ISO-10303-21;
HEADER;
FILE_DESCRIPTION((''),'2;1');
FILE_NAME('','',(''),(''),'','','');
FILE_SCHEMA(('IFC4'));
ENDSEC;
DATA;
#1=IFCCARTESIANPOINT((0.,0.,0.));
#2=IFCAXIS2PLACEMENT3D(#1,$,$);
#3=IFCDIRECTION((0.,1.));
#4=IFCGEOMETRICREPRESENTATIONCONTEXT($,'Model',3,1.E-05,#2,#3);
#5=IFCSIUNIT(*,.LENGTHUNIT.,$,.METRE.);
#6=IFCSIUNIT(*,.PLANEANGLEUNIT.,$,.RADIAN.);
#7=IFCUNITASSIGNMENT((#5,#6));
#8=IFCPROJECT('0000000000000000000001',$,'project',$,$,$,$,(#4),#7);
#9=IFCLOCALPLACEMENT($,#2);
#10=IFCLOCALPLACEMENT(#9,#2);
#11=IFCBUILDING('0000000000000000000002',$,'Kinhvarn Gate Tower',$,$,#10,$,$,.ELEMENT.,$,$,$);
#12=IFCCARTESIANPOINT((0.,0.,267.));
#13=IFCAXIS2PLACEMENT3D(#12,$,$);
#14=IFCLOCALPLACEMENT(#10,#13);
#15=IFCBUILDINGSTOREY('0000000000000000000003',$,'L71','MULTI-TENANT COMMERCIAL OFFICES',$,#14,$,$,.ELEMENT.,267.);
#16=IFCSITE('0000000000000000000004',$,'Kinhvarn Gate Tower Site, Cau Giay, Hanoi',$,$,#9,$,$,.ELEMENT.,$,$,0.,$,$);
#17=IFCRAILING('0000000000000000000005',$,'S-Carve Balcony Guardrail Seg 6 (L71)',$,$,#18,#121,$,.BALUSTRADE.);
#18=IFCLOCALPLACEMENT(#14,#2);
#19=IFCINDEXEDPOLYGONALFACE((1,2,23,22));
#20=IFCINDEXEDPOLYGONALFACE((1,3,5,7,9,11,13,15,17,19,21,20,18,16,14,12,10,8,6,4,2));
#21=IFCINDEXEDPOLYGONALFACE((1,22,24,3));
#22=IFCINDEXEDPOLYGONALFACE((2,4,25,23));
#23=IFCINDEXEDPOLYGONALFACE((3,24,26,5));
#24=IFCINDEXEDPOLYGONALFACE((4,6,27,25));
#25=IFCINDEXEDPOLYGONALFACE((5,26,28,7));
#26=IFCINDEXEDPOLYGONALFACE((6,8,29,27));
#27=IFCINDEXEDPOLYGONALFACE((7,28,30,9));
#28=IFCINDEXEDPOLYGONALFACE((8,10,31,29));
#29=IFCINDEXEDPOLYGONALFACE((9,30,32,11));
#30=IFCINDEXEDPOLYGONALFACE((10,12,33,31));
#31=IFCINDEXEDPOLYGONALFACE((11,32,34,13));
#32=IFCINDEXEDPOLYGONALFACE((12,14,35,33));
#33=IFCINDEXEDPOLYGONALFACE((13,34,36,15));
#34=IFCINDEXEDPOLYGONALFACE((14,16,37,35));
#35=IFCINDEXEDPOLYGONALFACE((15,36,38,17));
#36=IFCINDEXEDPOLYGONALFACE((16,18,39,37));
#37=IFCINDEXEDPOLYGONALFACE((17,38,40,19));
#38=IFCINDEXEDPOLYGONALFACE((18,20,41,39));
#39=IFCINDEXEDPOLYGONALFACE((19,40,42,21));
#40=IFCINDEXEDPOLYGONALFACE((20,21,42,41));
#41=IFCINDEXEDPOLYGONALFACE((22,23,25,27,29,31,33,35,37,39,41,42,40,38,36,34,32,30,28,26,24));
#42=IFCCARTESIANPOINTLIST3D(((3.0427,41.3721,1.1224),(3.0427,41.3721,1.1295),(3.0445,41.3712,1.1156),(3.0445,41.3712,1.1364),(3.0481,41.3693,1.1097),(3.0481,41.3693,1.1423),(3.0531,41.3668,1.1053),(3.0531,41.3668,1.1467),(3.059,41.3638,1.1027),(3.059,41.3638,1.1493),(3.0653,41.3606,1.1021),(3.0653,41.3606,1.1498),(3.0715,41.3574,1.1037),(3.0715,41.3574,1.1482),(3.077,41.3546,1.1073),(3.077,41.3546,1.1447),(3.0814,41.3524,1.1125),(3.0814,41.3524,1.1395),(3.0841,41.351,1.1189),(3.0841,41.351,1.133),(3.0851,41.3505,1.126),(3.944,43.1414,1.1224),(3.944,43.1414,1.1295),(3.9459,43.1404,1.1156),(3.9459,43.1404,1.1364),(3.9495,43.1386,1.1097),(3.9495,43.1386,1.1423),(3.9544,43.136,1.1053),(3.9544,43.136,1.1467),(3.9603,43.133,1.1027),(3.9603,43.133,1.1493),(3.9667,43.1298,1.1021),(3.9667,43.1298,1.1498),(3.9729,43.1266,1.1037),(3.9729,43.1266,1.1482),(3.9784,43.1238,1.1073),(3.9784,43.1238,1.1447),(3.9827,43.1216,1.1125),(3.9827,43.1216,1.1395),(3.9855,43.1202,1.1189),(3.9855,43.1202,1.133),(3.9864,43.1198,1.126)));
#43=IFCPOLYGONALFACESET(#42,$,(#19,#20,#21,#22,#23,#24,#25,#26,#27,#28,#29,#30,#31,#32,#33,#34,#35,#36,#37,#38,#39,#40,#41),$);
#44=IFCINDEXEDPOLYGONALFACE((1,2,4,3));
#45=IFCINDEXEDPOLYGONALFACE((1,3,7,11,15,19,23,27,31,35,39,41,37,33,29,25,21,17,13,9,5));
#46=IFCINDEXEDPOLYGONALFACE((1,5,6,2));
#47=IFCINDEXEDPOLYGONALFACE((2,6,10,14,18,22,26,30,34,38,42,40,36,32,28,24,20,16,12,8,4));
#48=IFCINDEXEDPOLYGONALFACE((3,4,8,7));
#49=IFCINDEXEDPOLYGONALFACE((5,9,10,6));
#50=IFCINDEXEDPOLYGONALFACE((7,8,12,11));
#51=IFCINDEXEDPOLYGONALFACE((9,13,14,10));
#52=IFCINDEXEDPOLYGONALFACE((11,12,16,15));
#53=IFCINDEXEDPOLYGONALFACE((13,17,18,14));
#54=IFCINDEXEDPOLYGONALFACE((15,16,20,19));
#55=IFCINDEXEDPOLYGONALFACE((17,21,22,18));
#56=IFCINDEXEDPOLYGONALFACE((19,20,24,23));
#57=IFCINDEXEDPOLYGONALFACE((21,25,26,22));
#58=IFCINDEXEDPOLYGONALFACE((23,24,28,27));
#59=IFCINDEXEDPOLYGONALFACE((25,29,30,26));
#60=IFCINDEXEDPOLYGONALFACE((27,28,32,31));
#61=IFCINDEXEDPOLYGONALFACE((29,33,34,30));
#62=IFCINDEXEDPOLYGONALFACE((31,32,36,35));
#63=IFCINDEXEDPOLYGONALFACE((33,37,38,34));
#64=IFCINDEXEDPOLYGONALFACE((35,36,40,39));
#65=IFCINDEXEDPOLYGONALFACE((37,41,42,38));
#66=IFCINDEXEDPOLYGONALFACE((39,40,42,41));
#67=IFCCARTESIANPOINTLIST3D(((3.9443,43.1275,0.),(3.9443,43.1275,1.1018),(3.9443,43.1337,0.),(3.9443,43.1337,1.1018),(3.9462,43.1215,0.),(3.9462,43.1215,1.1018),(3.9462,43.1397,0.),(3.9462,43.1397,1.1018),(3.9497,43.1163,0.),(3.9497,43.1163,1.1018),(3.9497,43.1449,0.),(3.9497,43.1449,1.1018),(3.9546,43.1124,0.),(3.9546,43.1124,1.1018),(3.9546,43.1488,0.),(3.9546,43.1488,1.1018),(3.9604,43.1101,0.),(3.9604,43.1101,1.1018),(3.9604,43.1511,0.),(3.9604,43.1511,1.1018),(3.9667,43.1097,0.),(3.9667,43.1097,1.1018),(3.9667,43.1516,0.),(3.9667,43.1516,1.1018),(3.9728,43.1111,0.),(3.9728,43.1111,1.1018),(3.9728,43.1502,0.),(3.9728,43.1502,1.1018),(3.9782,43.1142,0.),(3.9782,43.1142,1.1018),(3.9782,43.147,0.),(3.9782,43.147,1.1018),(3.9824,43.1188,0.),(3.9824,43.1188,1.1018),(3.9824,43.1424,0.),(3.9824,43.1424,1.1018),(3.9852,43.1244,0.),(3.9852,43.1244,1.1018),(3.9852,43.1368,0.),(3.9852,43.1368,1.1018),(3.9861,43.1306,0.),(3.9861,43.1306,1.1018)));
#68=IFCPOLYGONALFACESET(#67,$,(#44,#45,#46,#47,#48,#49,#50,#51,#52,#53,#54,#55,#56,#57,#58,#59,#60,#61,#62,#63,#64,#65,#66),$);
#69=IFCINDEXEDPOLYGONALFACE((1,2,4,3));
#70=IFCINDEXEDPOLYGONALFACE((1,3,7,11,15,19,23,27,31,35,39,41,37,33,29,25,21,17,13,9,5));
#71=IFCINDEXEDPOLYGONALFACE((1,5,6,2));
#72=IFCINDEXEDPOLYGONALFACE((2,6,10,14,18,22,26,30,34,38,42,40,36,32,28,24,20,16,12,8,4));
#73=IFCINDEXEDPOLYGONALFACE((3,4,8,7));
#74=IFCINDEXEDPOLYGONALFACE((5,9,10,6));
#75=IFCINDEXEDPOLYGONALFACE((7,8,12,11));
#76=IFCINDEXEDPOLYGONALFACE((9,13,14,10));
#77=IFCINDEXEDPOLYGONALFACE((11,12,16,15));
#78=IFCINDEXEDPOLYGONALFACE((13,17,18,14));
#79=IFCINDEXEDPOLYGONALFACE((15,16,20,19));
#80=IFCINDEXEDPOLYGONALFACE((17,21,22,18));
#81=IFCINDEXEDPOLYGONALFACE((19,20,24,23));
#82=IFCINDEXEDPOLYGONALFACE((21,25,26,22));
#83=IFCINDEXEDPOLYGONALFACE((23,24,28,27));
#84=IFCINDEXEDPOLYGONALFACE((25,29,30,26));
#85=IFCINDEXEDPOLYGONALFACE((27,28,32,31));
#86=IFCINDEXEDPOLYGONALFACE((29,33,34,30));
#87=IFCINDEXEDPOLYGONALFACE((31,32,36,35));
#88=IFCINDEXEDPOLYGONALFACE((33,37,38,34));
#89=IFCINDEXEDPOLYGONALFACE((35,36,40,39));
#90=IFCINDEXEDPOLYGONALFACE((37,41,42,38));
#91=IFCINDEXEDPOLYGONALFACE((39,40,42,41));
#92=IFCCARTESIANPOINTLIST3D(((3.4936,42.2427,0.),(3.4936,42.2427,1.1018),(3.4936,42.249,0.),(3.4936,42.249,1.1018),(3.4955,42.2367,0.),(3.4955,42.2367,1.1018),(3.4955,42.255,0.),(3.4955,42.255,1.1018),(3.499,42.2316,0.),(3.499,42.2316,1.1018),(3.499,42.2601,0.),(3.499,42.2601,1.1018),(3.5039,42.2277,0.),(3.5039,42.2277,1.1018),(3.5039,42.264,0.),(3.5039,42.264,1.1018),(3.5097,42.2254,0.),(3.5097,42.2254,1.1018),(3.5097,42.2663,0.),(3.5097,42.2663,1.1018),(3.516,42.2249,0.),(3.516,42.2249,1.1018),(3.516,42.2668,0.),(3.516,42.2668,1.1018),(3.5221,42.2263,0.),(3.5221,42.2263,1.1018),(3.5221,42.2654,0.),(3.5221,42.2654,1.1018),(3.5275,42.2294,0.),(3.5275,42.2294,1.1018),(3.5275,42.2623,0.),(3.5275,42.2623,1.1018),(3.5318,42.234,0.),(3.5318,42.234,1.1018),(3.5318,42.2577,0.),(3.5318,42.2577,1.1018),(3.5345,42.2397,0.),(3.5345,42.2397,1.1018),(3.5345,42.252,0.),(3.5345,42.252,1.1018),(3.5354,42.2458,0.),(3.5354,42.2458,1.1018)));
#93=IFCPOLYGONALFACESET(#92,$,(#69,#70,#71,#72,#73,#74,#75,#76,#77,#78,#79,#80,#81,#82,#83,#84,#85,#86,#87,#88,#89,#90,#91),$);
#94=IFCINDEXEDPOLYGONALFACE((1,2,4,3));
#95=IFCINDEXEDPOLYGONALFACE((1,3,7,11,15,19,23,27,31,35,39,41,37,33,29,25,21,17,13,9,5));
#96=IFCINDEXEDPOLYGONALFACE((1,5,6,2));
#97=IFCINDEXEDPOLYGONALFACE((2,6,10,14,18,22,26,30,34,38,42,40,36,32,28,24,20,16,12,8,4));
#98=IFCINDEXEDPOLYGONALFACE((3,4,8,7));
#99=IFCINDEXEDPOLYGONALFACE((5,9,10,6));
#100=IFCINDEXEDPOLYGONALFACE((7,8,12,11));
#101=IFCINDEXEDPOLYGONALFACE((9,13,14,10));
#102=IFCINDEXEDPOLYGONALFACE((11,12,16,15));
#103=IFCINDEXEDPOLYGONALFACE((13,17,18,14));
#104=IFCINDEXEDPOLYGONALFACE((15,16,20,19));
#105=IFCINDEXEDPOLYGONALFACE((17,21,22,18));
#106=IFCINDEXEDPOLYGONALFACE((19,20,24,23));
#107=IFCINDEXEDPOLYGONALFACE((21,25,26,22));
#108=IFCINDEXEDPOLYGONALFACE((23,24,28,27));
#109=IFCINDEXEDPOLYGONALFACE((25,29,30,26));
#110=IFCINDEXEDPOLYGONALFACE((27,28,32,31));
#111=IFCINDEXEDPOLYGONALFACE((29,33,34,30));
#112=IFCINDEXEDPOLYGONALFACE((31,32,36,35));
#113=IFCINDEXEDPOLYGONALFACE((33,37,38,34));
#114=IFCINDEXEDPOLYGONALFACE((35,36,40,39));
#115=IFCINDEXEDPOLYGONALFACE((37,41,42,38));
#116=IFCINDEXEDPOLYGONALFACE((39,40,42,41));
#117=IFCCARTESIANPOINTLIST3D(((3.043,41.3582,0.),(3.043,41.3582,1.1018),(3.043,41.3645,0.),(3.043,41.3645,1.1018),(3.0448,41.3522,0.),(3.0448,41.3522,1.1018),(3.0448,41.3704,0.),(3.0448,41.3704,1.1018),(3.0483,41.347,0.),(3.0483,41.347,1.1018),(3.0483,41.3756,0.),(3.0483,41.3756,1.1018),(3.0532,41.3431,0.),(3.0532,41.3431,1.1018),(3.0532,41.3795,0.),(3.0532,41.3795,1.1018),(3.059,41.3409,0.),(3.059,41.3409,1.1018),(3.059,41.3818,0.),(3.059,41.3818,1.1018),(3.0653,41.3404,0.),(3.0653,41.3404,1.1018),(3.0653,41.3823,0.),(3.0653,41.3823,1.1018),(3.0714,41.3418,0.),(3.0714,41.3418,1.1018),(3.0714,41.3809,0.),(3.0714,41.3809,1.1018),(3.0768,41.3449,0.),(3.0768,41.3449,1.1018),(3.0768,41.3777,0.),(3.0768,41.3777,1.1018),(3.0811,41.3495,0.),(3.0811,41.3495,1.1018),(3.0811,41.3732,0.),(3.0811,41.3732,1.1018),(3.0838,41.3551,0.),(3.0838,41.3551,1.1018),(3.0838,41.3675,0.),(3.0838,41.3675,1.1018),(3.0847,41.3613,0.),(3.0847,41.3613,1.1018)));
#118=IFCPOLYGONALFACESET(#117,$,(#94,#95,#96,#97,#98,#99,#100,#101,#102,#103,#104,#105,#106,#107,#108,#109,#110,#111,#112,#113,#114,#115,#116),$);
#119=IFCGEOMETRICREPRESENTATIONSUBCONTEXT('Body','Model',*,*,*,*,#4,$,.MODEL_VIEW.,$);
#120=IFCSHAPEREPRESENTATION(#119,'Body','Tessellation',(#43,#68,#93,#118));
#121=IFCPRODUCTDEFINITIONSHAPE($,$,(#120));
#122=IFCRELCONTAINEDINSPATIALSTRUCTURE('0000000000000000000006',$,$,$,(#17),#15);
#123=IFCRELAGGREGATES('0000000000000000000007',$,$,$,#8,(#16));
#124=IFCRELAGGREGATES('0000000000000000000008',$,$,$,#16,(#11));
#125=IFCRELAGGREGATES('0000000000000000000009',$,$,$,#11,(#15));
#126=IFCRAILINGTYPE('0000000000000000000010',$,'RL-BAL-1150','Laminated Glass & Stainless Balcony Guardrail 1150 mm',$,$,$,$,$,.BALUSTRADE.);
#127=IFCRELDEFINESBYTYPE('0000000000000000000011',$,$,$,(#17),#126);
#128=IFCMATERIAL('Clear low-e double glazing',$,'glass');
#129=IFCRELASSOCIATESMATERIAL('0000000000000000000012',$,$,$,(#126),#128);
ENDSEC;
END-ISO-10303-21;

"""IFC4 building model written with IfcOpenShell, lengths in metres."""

from ifc_helpers import new_model, si_unit, direction, frame, origin, origin_2d, place, context, subcontext, project, spatial, circle, extrude, material, type_object, element, save


model = new_model("IFC4")

# Units and contexts
model_context = context("Model", 3, precision=1e-05, world=origin(), true_north=direction((0.0, 1.0)))
body_context = subcontext(model_context, "Body", "Model", "MODEL_VIEW")
ifc_project = project(units=[si_unit("LENGTHUNIT", "METRE"), si_unit("PLANEANGLEUNIT", "RADIAN")], contexts=[model_context])

# Site, building, storey
site_placement = place(None, origin())
site = spatial("IfcSite", under=ifc_project, at=site_placement, Name="Kinhvarn Gate Tower Site, Cau Giay, Hanoi", CompositionType="ELEMENT", RefElevation=0.0)
building_placement = place(site_placement, origin())
building = spatial("IfcBuilding", under=site, at=building_placement, Name="Kinhvarn Gate Tower", CompositionType="ELEMENT")
storey_placement = place(building_placement, frame((0.0, 0.0, 267.0)))
storey = spatial("IfcBuildingStorey", under=building, at=storey_placement, Name="L71", Description="MULTI-TENANT COMMERCIAL OFFICES", CompositionType="ELEMENT", Elevation=267.0)

# Shared definitions
ifc_material_1 = material(Name="Clear low-e double glazing", Category="glass")

# Railing
railing_type = type_object("IfcRailingType", Name="RL-BAL-1150", Description="Laminated Glass & Stainless Balcony Guardrail 1150 mm", PredefinedType="BALUSTRADE", material=ifc_material_1)
railing_1_placement = place(storey_placement, frame((3.9651, 43.1306, 0.0)))
element("IfcRailing", 1, at=railing_1_placement, inside=storey, type_object=railing_type, Name="S-Carve Balcony Guardrail Seg 6 (L71)", PredefinedType="BALUSTRADE", context=body_context, shape_type="SweptSolid", body=[
    extrude(circle(Radius=0.0239, at=origin_2d()), frame((0.0, 0.0, 1.126), z_axis=(-0.453939, -0.891033, 0.0), x_axis=(0.891033, -0.453939, 0.0)), (0.0, 0.0, 1.0), 1.9856),
    extrude(circle(Radius=0.021, at=origin_2d()), origin(), (0.0, 0.0, 1.0), 1.1018),
    extrude(circle(Radius=0.021, at=origin_2d()), frame((-0.4507, -0.8848, 0.0)), (0.0, 0.0, 1.0), 1.1018),
    extrude(circle(Radius=0.021, at=origin_2d()), frame((-0.9014, -1.7693, 0.0)), (0.0, 0.0, 1.0), 1.1018),
])

save(model, "model.ifc")
